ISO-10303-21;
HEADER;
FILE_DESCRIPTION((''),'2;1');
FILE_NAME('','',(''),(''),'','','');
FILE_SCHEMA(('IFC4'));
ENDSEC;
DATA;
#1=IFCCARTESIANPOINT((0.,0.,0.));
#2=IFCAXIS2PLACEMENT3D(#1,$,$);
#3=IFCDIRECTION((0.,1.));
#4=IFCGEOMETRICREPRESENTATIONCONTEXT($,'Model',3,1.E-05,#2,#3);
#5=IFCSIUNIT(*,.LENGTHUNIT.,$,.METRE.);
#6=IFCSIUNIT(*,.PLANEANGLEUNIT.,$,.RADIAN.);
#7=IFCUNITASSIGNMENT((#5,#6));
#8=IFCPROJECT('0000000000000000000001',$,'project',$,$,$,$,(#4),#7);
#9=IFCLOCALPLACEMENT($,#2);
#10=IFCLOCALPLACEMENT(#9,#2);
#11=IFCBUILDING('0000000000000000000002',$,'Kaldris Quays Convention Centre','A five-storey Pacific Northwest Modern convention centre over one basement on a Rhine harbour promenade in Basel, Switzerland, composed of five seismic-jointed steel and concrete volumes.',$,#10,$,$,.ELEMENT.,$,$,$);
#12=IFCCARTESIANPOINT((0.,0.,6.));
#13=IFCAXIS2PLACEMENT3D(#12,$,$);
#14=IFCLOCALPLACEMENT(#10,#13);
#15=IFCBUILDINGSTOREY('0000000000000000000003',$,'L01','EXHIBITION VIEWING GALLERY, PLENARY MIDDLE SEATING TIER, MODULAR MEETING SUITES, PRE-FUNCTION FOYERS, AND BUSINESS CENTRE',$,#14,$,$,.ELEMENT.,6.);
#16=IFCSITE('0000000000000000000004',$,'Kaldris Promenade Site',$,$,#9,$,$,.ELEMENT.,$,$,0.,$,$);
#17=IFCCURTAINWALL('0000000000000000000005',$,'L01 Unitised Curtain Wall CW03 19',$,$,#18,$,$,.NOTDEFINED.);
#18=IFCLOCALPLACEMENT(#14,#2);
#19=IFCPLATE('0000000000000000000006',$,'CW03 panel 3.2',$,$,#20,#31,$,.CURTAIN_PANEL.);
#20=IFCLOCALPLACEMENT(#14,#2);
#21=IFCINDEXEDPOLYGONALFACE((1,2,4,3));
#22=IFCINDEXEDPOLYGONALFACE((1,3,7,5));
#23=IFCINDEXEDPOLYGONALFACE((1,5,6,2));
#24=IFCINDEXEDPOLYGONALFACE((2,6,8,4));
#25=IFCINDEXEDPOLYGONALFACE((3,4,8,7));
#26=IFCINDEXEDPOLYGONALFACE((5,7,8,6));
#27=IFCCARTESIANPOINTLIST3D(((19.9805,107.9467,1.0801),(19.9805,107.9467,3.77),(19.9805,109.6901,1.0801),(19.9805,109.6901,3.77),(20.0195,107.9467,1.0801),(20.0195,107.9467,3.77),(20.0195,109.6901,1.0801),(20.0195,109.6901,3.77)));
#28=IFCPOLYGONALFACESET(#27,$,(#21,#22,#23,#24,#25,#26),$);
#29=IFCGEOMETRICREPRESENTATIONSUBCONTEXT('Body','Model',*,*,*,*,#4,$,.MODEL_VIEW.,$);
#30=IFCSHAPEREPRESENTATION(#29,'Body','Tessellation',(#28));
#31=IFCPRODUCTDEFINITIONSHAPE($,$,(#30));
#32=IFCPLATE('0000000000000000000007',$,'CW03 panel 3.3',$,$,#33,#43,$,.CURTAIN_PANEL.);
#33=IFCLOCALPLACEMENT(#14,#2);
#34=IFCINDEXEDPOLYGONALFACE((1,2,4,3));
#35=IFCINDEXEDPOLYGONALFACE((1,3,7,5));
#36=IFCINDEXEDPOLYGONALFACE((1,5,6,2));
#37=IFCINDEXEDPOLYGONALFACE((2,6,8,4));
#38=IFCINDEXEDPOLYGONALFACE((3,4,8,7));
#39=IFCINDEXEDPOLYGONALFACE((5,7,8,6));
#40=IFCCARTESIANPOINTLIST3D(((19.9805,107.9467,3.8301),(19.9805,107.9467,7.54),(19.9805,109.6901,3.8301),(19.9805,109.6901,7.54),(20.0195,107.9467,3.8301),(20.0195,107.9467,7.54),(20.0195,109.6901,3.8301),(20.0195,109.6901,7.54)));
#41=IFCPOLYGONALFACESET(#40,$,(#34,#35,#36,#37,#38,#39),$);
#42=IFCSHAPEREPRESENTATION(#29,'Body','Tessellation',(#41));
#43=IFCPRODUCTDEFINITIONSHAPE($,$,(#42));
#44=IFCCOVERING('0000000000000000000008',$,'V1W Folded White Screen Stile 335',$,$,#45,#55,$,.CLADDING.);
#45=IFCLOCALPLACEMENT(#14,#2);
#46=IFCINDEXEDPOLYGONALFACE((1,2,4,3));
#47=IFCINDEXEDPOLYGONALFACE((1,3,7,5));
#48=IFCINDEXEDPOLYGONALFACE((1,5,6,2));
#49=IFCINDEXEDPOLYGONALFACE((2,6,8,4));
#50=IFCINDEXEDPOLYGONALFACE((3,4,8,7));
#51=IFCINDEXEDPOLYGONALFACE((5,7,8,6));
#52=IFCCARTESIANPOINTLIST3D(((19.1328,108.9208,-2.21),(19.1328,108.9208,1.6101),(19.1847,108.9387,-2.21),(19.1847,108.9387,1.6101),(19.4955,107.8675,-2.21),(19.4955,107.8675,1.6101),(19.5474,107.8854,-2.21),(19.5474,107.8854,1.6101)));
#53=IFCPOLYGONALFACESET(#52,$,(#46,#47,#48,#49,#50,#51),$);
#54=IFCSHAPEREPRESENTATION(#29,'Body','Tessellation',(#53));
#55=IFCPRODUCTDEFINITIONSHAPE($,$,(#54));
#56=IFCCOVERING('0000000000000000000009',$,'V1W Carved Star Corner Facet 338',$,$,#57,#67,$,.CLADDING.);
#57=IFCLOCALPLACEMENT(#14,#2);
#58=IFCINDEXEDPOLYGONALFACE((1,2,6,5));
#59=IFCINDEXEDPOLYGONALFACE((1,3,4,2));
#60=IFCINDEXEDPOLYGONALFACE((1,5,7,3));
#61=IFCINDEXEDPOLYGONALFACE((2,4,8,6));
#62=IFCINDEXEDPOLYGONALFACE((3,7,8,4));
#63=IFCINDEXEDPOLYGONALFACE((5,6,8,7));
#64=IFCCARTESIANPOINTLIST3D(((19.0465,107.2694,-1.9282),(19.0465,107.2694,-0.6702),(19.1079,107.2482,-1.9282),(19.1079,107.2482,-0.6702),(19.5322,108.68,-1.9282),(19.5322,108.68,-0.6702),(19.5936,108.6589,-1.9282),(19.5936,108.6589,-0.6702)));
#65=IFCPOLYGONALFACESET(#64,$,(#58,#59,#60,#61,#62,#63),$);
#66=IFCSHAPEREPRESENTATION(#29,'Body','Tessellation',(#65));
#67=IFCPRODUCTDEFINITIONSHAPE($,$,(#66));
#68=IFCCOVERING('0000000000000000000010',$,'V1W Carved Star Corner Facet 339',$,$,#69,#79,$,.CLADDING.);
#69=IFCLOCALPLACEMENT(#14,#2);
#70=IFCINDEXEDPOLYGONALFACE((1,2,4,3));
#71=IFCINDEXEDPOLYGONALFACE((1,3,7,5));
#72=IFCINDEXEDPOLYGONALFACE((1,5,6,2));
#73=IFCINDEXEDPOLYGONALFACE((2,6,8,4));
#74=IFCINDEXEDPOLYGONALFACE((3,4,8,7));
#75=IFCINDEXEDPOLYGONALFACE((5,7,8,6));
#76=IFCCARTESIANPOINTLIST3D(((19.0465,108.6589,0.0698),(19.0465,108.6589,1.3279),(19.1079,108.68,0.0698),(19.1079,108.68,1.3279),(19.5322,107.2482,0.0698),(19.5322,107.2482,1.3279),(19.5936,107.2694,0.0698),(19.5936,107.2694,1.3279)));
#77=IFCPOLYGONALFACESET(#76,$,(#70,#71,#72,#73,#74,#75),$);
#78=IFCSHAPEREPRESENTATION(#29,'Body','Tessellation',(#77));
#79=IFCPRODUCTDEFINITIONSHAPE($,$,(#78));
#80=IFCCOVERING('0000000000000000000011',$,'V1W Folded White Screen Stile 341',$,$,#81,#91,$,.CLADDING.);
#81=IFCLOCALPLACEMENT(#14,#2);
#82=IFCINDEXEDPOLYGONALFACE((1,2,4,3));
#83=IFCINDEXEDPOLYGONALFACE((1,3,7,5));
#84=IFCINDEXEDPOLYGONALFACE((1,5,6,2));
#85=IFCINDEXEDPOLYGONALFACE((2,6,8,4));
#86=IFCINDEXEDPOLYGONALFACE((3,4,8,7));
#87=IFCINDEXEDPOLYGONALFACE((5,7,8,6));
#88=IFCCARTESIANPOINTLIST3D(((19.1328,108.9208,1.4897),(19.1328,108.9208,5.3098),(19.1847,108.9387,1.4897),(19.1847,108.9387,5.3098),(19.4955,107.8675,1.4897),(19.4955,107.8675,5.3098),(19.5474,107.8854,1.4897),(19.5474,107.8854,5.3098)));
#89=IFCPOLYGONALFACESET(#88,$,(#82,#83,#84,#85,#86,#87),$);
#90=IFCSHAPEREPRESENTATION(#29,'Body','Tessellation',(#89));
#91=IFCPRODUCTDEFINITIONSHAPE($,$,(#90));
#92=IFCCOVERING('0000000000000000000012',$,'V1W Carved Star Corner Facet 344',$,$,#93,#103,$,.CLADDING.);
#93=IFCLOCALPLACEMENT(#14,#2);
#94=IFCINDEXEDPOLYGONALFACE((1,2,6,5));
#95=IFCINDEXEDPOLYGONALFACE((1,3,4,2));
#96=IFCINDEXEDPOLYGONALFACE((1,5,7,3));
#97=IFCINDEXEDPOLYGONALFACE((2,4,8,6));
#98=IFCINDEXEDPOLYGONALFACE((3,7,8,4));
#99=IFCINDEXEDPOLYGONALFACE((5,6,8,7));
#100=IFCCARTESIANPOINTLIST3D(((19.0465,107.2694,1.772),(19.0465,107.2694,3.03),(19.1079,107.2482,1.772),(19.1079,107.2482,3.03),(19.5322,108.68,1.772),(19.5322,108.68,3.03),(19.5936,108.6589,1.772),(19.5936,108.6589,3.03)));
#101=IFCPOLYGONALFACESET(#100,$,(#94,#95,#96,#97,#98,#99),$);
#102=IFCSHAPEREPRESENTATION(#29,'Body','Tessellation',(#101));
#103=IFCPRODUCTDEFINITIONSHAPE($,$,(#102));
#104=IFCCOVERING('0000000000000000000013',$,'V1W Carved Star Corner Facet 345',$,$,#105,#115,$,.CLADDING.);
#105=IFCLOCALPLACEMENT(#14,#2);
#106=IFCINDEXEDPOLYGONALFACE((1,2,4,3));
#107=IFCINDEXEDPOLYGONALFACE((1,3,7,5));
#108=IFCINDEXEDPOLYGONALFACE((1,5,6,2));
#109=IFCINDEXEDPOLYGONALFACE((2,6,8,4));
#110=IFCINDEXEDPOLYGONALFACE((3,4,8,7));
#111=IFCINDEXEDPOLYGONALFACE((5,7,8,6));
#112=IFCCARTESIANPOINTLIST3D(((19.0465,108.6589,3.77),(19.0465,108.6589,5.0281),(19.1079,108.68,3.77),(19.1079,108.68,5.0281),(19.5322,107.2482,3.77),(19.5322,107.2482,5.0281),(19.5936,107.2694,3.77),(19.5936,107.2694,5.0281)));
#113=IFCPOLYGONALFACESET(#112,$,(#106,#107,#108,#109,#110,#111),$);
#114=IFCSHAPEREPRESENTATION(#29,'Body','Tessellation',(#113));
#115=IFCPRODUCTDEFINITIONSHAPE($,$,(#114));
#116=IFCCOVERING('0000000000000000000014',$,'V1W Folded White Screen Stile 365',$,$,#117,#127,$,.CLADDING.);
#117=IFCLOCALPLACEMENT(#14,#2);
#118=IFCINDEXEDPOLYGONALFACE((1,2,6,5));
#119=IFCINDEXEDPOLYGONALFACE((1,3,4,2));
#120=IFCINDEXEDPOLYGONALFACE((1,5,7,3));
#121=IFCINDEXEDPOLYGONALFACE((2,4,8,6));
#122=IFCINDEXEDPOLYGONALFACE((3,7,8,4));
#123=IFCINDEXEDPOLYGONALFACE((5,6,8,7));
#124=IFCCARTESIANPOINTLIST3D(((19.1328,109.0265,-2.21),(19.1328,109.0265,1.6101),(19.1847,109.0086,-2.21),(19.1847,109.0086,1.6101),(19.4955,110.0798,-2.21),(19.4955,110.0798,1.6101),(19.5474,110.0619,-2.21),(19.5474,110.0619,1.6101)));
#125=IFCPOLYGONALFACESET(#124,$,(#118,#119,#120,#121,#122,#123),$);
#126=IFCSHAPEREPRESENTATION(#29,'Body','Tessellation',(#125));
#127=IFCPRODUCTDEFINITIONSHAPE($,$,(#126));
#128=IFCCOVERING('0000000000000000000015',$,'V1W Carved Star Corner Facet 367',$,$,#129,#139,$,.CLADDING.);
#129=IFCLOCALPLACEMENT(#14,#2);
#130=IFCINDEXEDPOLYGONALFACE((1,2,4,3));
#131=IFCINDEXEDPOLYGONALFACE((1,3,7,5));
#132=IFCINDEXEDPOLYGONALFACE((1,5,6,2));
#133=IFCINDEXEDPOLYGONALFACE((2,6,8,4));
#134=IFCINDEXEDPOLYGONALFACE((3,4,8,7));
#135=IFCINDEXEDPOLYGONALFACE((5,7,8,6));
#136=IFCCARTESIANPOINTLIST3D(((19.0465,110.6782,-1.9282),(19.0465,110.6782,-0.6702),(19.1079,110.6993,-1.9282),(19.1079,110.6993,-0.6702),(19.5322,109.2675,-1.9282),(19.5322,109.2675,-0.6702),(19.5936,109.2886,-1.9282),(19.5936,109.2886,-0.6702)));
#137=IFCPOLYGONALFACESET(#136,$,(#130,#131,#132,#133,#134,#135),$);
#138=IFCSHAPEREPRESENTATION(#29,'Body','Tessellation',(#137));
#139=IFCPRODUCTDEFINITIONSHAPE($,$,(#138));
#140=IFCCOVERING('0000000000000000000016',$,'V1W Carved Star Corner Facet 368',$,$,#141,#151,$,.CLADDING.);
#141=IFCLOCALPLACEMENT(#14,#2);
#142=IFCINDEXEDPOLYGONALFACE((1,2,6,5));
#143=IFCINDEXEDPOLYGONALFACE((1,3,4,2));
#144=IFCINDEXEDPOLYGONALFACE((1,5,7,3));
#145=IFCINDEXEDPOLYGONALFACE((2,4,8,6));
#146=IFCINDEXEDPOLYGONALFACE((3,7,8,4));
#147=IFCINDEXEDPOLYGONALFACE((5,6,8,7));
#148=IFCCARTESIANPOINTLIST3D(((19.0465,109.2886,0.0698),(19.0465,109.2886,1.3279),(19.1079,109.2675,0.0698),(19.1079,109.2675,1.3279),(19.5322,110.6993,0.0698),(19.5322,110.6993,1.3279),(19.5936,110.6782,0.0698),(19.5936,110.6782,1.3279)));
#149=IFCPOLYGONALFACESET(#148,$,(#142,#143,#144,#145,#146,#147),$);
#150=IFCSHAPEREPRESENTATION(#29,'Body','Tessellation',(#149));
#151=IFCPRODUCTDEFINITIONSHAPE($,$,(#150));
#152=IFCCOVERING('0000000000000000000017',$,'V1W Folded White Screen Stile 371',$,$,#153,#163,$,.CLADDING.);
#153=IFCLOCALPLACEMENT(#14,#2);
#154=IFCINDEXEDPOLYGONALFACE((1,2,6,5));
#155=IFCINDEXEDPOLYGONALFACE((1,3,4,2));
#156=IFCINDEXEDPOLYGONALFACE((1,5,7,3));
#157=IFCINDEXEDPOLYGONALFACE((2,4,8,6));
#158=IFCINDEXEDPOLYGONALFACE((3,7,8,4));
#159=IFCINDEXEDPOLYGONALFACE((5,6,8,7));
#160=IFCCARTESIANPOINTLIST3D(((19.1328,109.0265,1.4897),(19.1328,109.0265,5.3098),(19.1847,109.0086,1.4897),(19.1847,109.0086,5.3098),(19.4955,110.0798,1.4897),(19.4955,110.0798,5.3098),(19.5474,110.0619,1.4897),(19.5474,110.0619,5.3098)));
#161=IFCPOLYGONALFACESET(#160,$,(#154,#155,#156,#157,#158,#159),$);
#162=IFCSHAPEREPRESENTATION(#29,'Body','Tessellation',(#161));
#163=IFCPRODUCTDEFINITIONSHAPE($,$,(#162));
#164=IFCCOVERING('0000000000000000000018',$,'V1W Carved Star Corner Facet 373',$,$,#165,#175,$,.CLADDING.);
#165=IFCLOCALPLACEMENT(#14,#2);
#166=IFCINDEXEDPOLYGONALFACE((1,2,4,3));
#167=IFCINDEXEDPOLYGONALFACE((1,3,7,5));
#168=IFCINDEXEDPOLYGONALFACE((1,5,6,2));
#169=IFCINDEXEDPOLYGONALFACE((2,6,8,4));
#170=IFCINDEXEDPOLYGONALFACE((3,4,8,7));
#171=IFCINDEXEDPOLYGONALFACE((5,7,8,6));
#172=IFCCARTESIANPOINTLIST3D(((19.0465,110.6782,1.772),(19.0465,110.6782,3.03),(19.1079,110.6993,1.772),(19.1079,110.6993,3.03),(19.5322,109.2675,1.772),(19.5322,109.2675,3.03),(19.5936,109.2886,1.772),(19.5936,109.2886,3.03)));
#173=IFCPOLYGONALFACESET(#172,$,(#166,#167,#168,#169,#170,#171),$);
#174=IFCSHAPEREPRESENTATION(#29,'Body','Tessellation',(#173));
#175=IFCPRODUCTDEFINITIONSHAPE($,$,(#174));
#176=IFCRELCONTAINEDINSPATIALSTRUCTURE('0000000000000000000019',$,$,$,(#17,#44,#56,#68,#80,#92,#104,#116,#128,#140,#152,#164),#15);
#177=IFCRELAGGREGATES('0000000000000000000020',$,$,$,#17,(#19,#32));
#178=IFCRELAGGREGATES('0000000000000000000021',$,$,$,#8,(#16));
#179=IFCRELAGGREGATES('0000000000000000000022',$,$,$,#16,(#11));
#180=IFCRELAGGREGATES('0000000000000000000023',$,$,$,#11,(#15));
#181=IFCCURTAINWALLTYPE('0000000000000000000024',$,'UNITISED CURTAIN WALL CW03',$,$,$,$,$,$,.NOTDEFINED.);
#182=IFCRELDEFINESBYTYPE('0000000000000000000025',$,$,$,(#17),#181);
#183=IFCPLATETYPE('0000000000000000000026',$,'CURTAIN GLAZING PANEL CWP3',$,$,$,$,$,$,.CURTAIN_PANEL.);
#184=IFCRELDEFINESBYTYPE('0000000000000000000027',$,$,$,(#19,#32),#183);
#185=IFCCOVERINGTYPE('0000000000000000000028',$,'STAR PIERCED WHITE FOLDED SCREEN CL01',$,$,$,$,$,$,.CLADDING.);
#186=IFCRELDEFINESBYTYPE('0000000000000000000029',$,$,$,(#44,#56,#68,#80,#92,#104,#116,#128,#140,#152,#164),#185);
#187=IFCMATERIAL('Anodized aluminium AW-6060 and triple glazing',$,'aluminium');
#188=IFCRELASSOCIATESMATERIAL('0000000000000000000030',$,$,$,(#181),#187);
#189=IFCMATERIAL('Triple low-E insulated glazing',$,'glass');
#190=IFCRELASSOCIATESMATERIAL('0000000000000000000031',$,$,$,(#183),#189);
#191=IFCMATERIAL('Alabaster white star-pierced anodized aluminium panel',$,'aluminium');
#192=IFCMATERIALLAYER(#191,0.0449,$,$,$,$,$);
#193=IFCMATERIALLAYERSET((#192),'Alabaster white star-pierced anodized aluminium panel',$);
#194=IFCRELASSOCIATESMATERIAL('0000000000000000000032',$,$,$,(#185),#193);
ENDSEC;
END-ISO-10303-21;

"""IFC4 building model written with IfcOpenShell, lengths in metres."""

from ifc_helpers import new_model, si_unit, direction, frame, origin, origin_2d, place, context, subcontext, project, spatial, rectangle, extrude, material, layer, layer_set, type_object, element, aggregate, save


model = new_model("IFC4")

# Units and contexts
model_context = context("Model", 3, precision=1e-05, world=origin(), true_north=direction((0.0, 1.0)))
body_context = subcontext(model_context, "Body", "Model", "MODEL_VIEW")
ifc_project = project(units=[si_unit("LENGTHUNIT", "METRE"), si_unit("PLANEANGLEUNIT", "RADIAN")], contexts=[model_context])

# Site, building, storey
site_placement = place(None, origin())
site = spatial("IfcSite", under=ifc_project, at=site_placement, Name="Kaldris Promenade Site", CompositionType="ELEMENT", RefElevation=0.0)
building_placement = place(site_placement, origin())
building = spatial("IfcBuilding", under=site, at=building_placement, Name="Kaldris Quays Convention Centre", Description="A five-storey Pacific Northwest Modern convention centre over one basement on a Rhine harbour promenade in Basel, Switzerland, composed of five seismic-jointed steel and concrete volumes.", CompositionType="ELEMENT")
storey_placement = place(building_placement, frame((0.0, 0.0, 6.0)))
storey = spatial("IfcBuildingStorey", under=building, at=storey_placement, Name="L01", Description="EXHIBITION VIEWING GALLERY, PLENARY MIDDLE SEATING TIER, MODULAR MEETING SUITES, PRE-FUNCTION FOYERS, AND BUSINESS CENTRE", CompositionType="ELEMENT", Elevation=6.0)

# Curtain wall, plates
ifc_material_1 = material(Name="Anodized aluminium AW-6060 and triple glazing", Category="aluminium")
curtain_wall_type = type_object("IfcCurtainWallType", Name="UNITISED CURTAIN WALL CW03", PredefinedType="NOTDEFINED", material=ifc_material_1)
curtain_wall_placement = place(storey_placement, origin())
curtain_wall = element("IfcCurtainWall", 1, at=curtain_wall_placement, inside=storey, type_object=curtain_wall_type, Name="L01 Unitised Curtain Wall CW03 19", PredefinedType="NOTDEFINED")
ifc_material_2 = material(Name="Triple low-E insulated glazing", Category="glass")
plate_type = type_object("IfcPlateType", Name="CURTAIN GLAZING PANEL CWP3", PredefinedType="CURTAIN_PANEL", material=ifc_material_2)
plate_1_placement = place(storey_placement, frame((20.0, 108.8184, 1.0801), z_axis=(0.0, 0.0, 1.0), x_axis=(0.0, 1.0, 0.0)))
plate_1 = element("IfcPlate", 2, at=plate_1_placement, type_object=plate_type, Name="CW03 panel 3.2", PredefinedType="CURTAIN_PANEL", context=body_context, shape_type="SweptSolid", body=[
    extrude(rectangle(XDim=1.7434, YDim=0.0391, at=origin_2d()), origin(), (0.0, 0.0, 1.0), 2.6899),
])
plate_2_placement = place(storey_placement, frame((20.0, 108.8184, 3.8301), z_axis=(0.0, 0.0, 1.0), x_axis=(0.0, 1.0, 0.0)))
plate_2 = element("IfcPlate", 3, at=plate_2_placement, type_object=plate_type, Name="CW03 panel 3.3", PredefinedType="CURTAIN_PANEL", context=body_context, shape_type="SweptSolid", body=[
    extrude(rectangle(XDim=1.7434, YDim=0.0391, at=origin_2d()), origin(), (0.0, 0.0, 1.0), 3.71),
])
aggregate(curtain_wall, [plate_1, plate_2])

# Coverings
ifc_material_3 = material(Name="Alabaster white star-pierced anodized aluminium panel", Category="aluminium")
ifc_layer = layer(ifc_material_3, 0.0449)
ifc_layer_set = layer_set([ifc_layer], Name="Alabaster white star-pierced anodized aluminium panel")
covering_type = type_object("IfcCoveringType", Name="STAR PIERCED WHITE FOLDED SCREEN CL01", PredefinedType="CLADDING", material=ifc_layer_set)
covering_1_placement = place(storey_placement, frame((19.3401, 108.4031, -2.21), z_axis=(0.0, 0.0, 1.0), x_axis=(-0.325568, 0.945519, 0.0)))
element("IfcCovering", 4, at=covering_1_placement, inside=storey, type_object=covering_type, Name="V1W Folded White Screen Stile 335", PredefinedType="CLADDING", context=body_context, shape_type="SweptSolid", body=[
    extrude(rectangle(XDim=1.114, YDim=0.0549, at=origin_2d()), origin(), (0.0, 0.0, 1.0), 3.8201),
])
for number, where, z_axis, x_axis, name in (
    (5, (19.3201, 107.9641, -1.9282), (0.0, 0.0, 1.0), (0.325568, 0.945519, 0.0), "V1W Carved Star Corner Facet 338"),
    (6, (19.3201, 107.9641, 0.0698), (0.0, 0.0, 1.0), (-0.325568, 0.945519, 0.0), "V1W Carved Star Corner Facet 339"),
):
    element("IfcCovering", number, at=place(storey_placement, frame(where, z_axis=z_axis, x_axis=x_axis)), inside=storey, type_object=covering_type, Name=name, PredefinedType="CLADDING", context=body_context, shape_type="SweptSolid", body=[
        extrude(rectangle(XDim=1.4919, YDim=0.0649, at=origin_2d()), origin(), (0.0, 0.0, 1.0), 1.2581),
    ])
covering_2_placement = place(storey_placement, frame((19.3401, 108.4031, 1.4897), z_axis=(0.0, 0.0, 1.0), x_axis=(-0.325568, 0.945519, 0.0)))
element("IfcCovering", 7, at=covering_2_placement, inside=storey, type_object=covering_type, Name="V1W Folded White Screen Stile 341", PredefinedType="CLADDING", context=body_context, shape_type="SweptSolid", body=[
    extrude(rectangle(XDim=1.114, YDim=0.0549, at=origin_2d()), origin(), (0.0, 0.0, 1.0), 3.8201),
])
for number, where, z_axis, x_axis, name in (
    (8, (19.3201, 107.9641, 1.772), (0.0, 0.0, 1.0), (0.325568, 0.945519, 0.0), "V1W Carved Star Corner Facet 344"),
    (9, (19.3201, 107.9641, 3.77), (0.0, 0.0, 1.0), (-0.325568, 0.945519, 0.0), "V1W Carved Star Corner Facet 345"),
):
    element("IfcCovering", number, at=place(storey_placement, frame(where, z_axis=z_axis, x_axis=x_axis)), inside=storey, type_object=covering_type, Name=name, PredefinedType="CLADDING", context=body_context, shape_type="SweptSolid", body=[
        extrude(rectangle(XDim=1.4919, YDim=0.0649, at=origin_2d()), origin(), (0.0, 0.0, 1.0), 1.2581),
    ])
covering_3_placement = place(storey_placement, frame((19.3401, 109.5442, -2.21), z_axis=(0.0, 0.0, 1.0), x_axis=(0.325568, 0.945519, 0.0)))
element("IfcCovering", 10, at=covering_3_placement, inside=storey, type_object=covering_type, Name="V1W Folded White Screen Stile 365", PredefinedType="CLADDING", context=body_context, shape_type="SweptSolid", body=[
    extrude(rectangle(XDim=1.114, YDim=0.0549, at=origin_2d()), origin(), (0.0, 0.0, 1.0), 3.8201),
])
for number, where, z_axis, x_axis, name in (
    (11, (19.3201, 109.9834, -1.9282), (0.0, 0.0, 1.0), (-0.325568, 0.945519, 0.0), "V1W Carved Star Corner Facet 367"),
    (12, (19.3201, 109.9834, 0.0698), (0.0, 0.0, 1.0), (0.325568, 0.945519, 0.0), "V1W Carved Star Corner Facet 368"),
):
    element("IfcCovering", number, at=place(storey_placement, frame(where, z_axis=z_axis, x_axis=x_axis)), inside=storey, type_object=covering_type, Name=name, PredefinedType="CLADDING", context=body_context, shape_type="SweptSolid", body=[
        extrude(rectangle(XDim=1.4919, YDim=0.0649, at=origin_2d()), origin(), (0.0, 0.0, 1.0), 1.2581),
    ])
covering_4_placement = place(storey_placement, frame((19.3401, 109.5442, 1.4897), z_axis=(0.0, 0.0, 1.0), x_axis=(0.325568, 0.945519, 0.0)))
element("IfcCovering", 13, at=covering_4_placement, inside=storey, type_object=covering_type, Name="V1W Folded White Screen Stile 371", PredefinedType="CLADDING", context=body_context, shape_type="SweptSolid", body=[
    extrude(rectangle(XDim=1.114, YDim=0.0549, at=origin_2d()), origin(), (0.0, 0.0, 1.0), 3.8201),
])
covering_5_placement = place(storey_placement, frame((19.3201, 109.9834, 1.772), z_axis=(0.0, 0.0, 1.0), x_axis=(-0.325568, 0.945519, 0.0)))
element("IfcCovering", 14, at=covering_5_placement, inside=storey, type_object=covering_type, Name="V1W Carved Star Corner Facet 373", PredefinedType="CLADDING", context=body_context, shape_type="SweptSolid", body=[
    extrude(rectangle(XDim=1.4919, YDim=0.0649, at=origin_2d()), origin(), (0.0, 0.0, 1.0), 1.2581),
])

save(model, "model.ifc")
